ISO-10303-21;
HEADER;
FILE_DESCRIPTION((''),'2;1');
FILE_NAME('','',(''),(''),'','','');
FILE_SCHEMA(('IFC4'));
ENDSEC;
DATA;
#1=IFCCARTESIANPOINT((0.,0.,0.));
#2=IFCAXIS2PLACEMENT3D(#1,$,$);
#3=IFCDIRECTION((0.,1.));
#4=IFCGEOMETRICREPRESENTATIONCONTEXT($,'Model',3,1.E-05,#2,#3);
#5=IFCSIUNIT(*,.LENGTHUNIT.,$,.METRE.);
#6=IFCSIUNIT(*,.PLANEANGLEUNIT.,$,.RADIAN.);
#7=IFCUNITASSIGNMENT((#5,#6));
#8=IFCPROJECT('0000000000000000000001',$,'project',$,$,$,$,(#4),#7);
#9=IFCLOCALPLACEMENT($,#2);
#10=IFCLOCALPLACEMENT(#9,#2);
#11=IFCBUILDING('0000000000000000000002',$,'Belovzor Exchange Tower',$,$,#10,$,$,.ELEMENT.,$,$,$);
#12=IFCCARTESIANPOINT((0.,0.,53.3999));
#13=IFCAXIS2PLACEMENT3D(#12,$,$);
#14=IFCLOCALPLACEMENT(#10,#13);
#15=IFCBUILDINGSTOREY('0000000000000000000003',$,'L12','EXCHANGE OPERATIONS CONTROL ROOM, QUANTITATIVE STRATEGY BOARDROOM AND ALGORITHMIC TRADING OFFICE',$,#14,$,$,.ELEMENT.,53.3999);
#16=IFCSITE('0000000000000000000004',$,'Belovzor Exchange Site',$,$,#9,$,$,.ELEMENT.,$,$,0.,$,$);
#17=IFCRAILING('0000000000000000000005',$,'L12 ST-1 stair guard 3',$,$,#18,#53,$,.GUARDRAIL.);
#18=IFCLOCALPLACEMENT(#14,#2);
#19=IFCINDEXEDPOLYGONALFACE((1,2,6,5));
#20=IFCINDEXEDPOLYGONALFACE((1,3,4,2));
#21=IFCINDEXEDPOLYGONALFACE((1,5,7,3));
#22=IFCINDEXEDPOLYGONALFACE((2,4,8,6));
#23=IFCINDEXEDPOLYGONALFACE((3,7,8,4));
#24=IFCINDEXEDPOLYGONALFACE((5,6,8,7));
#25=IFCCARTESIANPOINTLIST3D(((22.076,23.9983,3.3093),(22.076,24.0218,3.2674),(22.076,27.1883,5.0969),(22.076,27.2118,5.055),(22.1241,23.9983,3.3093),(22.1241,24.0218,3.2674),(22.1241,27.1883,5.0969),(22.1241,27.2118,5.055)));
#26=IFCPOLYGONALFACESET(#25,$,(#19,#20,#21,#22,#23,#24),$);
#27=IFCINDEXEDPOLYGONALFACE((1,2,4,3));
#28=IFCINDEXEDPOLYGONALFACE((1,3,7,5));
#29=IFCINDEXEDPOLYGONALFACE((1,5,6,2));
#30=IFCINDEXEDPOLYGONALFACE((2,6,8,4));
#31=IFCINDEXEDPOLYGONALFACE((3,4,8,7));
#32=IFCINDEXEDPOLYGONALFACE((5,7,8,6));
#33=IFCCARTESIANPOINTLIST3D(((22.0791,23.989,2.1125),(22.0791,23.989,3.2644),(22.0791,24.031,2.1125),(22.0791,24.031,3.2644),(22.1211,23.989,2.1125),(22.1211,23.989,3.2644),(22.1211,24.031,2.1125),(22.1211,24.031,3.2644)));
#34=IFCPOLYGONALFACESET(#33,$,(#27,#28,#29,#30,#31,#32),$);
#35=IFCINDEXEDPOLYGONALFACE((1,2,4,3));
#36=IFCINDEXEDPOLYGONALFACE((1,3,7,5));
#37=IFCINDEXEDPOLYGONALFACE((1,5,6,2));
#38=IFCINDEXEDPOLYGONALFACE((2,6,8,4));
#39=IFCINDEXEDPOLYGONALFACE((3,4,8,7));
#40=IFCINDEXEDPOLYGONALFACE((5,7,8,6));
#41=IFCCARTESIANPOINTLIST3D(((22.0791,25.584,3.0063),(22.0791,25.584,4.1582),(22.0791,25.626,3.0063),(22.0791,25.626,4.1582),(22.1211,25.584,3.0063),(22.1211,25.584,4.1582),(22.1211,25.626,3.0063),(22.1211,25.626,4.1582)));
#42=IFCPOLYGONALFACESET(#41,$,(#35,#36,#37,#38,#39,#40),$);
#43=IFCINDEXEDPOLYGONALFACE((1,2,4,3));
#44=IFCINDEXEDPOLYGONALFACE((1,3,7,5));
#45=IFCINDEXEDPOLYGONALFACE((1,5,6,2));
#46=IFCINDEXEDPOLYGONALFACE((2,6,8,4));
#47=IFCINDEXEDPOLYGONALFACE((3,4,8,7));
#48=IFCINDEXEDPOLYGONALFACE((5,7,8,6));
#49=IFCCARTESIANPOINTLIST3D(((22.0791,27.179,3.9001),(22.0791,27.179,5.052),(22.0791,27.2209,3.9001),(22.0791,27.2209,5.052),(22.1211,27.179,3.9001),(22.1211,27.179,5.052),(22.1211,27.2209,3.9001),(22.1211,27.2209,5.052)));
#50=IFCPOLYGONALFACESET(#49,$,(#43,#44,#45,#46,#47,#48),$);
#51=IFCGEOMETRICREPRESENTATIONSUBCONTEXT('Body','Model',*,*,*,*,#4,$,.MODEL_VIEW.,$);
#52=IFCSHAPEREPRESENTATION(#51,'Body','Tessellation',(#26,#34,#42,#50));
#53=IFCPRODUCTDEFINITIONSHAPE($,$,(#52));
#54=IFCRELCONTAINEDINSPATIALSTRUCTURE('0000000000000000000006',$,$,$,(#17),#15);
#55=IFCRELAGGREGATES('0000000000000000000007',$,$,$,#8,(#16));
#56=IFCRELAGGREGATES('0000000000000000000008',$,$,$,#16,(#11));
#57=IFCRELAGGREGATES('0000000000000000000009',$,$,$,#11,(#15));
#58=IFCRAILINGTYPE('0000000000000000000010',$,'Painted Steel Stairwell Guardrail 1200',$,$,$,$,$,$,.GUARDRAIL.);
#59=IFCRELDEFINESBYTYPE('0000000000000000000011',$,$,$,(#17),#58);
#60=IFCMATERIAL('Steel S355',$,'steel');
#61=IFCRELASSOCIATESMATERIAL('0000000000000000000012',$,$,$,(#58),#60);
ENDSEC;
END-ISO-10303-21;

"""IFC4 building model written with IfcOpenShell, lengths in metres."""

from ifc_helpers import new_model, si_unit, direction, frame, origin, origin_2d, place, context, subcontext, project, spatial, rectangle, extrude, material, type_object, element, save


model = new_model("IFC4")

# Units and contexts
model_context = context("Model", 3, precision=1e-05, world=origin(), true_north=direction((0.0, 1.0)))
body_context = subcontext(model_context, "Body", "Model", "MODEL_VIEW")
ifc_project = project(units=[si_unit("LENGTHUNIT", "METRE"), si_unit("PLANEANGLEUNIT", "RADIAN")], contexts=[model_context])

# Site, building, storey
site_placement = place(None, origin())
site = spatial("IfcSite", under=ifc_project, at=site_placement, Name="Belovzor Exchange Site", CompositionType="ELEMENT", RefElevation=0.0)
building_placement = place(site_placement, origin())
building = spatial("IfcBuilding", under=site, at=building_placement, Name="Belovzor Exchange Tower", CompositionType="ELEMENT")
storey_placement = place(building_placement, frame((0.0, 0.0, 53.3999)))
storey = spatial("IfcBuildingStorey", under=building, at=storey_placement, Name="L12", Description="EXCHANGE OPERATIONS CONTROL ROOM, QUANTITATIVE STRATEGY BOARDROOM AND ALGORITHMIC TRADING OFFICE", CompositionType="ELEMENT", Elevation=53.3999)

# Railing
ifc_material_1 = material(Name="Steel S355", Category="steel")
railing_type_1 = type_object("IfcRailingType", Name="Painted Steel Stairwell Guardrail 1200", PredefinedType="GUARDRAIL", material=ifc_material_1)
railing_1_placement = place(storey_placement, frame((22.1001, 24.01, 2.1125)))
element("IfcRailing", 1, at=railing_1_placement, inside=storey, type_object=railing_type_1, Name="L12 ST-1 stair guard 3", PredefinedType="GUARDRAIL", context=body_context, shape_type="SweptSolid", body=[
    extrude(rectangle(XDim=0.0481, YDim=0.0481, at=origin_2d()), frame((0.0, 0.0, 1.1758), z_axis=(0.0, 0.872363, 0.48886), x_axis=(-1.0, 0.0, 0.0)), (0.0, 0.0, 1.0), 3.6567),
    extrude(rectangle(XDim=0.042, YDim=0.042, at=origin_2d()), origin(), (0.0, 0.0, 1.0), 1.1519),
    extrude(rectangle(XDim=0.042, YDim=0.042, at=origin_2d()), frame((0.0, 1.595, 0.8938)), (0.0, 0.0, 1.0), 1.1519),
    extrude(rectangle(XDim=0.042, YDim=0.042, at=origin_2d()), frame((0.0, 3.1899, 1.7876)), (0.0, 0.0, 1.0), 1.1519),
])

save(model, "model.ifc")
